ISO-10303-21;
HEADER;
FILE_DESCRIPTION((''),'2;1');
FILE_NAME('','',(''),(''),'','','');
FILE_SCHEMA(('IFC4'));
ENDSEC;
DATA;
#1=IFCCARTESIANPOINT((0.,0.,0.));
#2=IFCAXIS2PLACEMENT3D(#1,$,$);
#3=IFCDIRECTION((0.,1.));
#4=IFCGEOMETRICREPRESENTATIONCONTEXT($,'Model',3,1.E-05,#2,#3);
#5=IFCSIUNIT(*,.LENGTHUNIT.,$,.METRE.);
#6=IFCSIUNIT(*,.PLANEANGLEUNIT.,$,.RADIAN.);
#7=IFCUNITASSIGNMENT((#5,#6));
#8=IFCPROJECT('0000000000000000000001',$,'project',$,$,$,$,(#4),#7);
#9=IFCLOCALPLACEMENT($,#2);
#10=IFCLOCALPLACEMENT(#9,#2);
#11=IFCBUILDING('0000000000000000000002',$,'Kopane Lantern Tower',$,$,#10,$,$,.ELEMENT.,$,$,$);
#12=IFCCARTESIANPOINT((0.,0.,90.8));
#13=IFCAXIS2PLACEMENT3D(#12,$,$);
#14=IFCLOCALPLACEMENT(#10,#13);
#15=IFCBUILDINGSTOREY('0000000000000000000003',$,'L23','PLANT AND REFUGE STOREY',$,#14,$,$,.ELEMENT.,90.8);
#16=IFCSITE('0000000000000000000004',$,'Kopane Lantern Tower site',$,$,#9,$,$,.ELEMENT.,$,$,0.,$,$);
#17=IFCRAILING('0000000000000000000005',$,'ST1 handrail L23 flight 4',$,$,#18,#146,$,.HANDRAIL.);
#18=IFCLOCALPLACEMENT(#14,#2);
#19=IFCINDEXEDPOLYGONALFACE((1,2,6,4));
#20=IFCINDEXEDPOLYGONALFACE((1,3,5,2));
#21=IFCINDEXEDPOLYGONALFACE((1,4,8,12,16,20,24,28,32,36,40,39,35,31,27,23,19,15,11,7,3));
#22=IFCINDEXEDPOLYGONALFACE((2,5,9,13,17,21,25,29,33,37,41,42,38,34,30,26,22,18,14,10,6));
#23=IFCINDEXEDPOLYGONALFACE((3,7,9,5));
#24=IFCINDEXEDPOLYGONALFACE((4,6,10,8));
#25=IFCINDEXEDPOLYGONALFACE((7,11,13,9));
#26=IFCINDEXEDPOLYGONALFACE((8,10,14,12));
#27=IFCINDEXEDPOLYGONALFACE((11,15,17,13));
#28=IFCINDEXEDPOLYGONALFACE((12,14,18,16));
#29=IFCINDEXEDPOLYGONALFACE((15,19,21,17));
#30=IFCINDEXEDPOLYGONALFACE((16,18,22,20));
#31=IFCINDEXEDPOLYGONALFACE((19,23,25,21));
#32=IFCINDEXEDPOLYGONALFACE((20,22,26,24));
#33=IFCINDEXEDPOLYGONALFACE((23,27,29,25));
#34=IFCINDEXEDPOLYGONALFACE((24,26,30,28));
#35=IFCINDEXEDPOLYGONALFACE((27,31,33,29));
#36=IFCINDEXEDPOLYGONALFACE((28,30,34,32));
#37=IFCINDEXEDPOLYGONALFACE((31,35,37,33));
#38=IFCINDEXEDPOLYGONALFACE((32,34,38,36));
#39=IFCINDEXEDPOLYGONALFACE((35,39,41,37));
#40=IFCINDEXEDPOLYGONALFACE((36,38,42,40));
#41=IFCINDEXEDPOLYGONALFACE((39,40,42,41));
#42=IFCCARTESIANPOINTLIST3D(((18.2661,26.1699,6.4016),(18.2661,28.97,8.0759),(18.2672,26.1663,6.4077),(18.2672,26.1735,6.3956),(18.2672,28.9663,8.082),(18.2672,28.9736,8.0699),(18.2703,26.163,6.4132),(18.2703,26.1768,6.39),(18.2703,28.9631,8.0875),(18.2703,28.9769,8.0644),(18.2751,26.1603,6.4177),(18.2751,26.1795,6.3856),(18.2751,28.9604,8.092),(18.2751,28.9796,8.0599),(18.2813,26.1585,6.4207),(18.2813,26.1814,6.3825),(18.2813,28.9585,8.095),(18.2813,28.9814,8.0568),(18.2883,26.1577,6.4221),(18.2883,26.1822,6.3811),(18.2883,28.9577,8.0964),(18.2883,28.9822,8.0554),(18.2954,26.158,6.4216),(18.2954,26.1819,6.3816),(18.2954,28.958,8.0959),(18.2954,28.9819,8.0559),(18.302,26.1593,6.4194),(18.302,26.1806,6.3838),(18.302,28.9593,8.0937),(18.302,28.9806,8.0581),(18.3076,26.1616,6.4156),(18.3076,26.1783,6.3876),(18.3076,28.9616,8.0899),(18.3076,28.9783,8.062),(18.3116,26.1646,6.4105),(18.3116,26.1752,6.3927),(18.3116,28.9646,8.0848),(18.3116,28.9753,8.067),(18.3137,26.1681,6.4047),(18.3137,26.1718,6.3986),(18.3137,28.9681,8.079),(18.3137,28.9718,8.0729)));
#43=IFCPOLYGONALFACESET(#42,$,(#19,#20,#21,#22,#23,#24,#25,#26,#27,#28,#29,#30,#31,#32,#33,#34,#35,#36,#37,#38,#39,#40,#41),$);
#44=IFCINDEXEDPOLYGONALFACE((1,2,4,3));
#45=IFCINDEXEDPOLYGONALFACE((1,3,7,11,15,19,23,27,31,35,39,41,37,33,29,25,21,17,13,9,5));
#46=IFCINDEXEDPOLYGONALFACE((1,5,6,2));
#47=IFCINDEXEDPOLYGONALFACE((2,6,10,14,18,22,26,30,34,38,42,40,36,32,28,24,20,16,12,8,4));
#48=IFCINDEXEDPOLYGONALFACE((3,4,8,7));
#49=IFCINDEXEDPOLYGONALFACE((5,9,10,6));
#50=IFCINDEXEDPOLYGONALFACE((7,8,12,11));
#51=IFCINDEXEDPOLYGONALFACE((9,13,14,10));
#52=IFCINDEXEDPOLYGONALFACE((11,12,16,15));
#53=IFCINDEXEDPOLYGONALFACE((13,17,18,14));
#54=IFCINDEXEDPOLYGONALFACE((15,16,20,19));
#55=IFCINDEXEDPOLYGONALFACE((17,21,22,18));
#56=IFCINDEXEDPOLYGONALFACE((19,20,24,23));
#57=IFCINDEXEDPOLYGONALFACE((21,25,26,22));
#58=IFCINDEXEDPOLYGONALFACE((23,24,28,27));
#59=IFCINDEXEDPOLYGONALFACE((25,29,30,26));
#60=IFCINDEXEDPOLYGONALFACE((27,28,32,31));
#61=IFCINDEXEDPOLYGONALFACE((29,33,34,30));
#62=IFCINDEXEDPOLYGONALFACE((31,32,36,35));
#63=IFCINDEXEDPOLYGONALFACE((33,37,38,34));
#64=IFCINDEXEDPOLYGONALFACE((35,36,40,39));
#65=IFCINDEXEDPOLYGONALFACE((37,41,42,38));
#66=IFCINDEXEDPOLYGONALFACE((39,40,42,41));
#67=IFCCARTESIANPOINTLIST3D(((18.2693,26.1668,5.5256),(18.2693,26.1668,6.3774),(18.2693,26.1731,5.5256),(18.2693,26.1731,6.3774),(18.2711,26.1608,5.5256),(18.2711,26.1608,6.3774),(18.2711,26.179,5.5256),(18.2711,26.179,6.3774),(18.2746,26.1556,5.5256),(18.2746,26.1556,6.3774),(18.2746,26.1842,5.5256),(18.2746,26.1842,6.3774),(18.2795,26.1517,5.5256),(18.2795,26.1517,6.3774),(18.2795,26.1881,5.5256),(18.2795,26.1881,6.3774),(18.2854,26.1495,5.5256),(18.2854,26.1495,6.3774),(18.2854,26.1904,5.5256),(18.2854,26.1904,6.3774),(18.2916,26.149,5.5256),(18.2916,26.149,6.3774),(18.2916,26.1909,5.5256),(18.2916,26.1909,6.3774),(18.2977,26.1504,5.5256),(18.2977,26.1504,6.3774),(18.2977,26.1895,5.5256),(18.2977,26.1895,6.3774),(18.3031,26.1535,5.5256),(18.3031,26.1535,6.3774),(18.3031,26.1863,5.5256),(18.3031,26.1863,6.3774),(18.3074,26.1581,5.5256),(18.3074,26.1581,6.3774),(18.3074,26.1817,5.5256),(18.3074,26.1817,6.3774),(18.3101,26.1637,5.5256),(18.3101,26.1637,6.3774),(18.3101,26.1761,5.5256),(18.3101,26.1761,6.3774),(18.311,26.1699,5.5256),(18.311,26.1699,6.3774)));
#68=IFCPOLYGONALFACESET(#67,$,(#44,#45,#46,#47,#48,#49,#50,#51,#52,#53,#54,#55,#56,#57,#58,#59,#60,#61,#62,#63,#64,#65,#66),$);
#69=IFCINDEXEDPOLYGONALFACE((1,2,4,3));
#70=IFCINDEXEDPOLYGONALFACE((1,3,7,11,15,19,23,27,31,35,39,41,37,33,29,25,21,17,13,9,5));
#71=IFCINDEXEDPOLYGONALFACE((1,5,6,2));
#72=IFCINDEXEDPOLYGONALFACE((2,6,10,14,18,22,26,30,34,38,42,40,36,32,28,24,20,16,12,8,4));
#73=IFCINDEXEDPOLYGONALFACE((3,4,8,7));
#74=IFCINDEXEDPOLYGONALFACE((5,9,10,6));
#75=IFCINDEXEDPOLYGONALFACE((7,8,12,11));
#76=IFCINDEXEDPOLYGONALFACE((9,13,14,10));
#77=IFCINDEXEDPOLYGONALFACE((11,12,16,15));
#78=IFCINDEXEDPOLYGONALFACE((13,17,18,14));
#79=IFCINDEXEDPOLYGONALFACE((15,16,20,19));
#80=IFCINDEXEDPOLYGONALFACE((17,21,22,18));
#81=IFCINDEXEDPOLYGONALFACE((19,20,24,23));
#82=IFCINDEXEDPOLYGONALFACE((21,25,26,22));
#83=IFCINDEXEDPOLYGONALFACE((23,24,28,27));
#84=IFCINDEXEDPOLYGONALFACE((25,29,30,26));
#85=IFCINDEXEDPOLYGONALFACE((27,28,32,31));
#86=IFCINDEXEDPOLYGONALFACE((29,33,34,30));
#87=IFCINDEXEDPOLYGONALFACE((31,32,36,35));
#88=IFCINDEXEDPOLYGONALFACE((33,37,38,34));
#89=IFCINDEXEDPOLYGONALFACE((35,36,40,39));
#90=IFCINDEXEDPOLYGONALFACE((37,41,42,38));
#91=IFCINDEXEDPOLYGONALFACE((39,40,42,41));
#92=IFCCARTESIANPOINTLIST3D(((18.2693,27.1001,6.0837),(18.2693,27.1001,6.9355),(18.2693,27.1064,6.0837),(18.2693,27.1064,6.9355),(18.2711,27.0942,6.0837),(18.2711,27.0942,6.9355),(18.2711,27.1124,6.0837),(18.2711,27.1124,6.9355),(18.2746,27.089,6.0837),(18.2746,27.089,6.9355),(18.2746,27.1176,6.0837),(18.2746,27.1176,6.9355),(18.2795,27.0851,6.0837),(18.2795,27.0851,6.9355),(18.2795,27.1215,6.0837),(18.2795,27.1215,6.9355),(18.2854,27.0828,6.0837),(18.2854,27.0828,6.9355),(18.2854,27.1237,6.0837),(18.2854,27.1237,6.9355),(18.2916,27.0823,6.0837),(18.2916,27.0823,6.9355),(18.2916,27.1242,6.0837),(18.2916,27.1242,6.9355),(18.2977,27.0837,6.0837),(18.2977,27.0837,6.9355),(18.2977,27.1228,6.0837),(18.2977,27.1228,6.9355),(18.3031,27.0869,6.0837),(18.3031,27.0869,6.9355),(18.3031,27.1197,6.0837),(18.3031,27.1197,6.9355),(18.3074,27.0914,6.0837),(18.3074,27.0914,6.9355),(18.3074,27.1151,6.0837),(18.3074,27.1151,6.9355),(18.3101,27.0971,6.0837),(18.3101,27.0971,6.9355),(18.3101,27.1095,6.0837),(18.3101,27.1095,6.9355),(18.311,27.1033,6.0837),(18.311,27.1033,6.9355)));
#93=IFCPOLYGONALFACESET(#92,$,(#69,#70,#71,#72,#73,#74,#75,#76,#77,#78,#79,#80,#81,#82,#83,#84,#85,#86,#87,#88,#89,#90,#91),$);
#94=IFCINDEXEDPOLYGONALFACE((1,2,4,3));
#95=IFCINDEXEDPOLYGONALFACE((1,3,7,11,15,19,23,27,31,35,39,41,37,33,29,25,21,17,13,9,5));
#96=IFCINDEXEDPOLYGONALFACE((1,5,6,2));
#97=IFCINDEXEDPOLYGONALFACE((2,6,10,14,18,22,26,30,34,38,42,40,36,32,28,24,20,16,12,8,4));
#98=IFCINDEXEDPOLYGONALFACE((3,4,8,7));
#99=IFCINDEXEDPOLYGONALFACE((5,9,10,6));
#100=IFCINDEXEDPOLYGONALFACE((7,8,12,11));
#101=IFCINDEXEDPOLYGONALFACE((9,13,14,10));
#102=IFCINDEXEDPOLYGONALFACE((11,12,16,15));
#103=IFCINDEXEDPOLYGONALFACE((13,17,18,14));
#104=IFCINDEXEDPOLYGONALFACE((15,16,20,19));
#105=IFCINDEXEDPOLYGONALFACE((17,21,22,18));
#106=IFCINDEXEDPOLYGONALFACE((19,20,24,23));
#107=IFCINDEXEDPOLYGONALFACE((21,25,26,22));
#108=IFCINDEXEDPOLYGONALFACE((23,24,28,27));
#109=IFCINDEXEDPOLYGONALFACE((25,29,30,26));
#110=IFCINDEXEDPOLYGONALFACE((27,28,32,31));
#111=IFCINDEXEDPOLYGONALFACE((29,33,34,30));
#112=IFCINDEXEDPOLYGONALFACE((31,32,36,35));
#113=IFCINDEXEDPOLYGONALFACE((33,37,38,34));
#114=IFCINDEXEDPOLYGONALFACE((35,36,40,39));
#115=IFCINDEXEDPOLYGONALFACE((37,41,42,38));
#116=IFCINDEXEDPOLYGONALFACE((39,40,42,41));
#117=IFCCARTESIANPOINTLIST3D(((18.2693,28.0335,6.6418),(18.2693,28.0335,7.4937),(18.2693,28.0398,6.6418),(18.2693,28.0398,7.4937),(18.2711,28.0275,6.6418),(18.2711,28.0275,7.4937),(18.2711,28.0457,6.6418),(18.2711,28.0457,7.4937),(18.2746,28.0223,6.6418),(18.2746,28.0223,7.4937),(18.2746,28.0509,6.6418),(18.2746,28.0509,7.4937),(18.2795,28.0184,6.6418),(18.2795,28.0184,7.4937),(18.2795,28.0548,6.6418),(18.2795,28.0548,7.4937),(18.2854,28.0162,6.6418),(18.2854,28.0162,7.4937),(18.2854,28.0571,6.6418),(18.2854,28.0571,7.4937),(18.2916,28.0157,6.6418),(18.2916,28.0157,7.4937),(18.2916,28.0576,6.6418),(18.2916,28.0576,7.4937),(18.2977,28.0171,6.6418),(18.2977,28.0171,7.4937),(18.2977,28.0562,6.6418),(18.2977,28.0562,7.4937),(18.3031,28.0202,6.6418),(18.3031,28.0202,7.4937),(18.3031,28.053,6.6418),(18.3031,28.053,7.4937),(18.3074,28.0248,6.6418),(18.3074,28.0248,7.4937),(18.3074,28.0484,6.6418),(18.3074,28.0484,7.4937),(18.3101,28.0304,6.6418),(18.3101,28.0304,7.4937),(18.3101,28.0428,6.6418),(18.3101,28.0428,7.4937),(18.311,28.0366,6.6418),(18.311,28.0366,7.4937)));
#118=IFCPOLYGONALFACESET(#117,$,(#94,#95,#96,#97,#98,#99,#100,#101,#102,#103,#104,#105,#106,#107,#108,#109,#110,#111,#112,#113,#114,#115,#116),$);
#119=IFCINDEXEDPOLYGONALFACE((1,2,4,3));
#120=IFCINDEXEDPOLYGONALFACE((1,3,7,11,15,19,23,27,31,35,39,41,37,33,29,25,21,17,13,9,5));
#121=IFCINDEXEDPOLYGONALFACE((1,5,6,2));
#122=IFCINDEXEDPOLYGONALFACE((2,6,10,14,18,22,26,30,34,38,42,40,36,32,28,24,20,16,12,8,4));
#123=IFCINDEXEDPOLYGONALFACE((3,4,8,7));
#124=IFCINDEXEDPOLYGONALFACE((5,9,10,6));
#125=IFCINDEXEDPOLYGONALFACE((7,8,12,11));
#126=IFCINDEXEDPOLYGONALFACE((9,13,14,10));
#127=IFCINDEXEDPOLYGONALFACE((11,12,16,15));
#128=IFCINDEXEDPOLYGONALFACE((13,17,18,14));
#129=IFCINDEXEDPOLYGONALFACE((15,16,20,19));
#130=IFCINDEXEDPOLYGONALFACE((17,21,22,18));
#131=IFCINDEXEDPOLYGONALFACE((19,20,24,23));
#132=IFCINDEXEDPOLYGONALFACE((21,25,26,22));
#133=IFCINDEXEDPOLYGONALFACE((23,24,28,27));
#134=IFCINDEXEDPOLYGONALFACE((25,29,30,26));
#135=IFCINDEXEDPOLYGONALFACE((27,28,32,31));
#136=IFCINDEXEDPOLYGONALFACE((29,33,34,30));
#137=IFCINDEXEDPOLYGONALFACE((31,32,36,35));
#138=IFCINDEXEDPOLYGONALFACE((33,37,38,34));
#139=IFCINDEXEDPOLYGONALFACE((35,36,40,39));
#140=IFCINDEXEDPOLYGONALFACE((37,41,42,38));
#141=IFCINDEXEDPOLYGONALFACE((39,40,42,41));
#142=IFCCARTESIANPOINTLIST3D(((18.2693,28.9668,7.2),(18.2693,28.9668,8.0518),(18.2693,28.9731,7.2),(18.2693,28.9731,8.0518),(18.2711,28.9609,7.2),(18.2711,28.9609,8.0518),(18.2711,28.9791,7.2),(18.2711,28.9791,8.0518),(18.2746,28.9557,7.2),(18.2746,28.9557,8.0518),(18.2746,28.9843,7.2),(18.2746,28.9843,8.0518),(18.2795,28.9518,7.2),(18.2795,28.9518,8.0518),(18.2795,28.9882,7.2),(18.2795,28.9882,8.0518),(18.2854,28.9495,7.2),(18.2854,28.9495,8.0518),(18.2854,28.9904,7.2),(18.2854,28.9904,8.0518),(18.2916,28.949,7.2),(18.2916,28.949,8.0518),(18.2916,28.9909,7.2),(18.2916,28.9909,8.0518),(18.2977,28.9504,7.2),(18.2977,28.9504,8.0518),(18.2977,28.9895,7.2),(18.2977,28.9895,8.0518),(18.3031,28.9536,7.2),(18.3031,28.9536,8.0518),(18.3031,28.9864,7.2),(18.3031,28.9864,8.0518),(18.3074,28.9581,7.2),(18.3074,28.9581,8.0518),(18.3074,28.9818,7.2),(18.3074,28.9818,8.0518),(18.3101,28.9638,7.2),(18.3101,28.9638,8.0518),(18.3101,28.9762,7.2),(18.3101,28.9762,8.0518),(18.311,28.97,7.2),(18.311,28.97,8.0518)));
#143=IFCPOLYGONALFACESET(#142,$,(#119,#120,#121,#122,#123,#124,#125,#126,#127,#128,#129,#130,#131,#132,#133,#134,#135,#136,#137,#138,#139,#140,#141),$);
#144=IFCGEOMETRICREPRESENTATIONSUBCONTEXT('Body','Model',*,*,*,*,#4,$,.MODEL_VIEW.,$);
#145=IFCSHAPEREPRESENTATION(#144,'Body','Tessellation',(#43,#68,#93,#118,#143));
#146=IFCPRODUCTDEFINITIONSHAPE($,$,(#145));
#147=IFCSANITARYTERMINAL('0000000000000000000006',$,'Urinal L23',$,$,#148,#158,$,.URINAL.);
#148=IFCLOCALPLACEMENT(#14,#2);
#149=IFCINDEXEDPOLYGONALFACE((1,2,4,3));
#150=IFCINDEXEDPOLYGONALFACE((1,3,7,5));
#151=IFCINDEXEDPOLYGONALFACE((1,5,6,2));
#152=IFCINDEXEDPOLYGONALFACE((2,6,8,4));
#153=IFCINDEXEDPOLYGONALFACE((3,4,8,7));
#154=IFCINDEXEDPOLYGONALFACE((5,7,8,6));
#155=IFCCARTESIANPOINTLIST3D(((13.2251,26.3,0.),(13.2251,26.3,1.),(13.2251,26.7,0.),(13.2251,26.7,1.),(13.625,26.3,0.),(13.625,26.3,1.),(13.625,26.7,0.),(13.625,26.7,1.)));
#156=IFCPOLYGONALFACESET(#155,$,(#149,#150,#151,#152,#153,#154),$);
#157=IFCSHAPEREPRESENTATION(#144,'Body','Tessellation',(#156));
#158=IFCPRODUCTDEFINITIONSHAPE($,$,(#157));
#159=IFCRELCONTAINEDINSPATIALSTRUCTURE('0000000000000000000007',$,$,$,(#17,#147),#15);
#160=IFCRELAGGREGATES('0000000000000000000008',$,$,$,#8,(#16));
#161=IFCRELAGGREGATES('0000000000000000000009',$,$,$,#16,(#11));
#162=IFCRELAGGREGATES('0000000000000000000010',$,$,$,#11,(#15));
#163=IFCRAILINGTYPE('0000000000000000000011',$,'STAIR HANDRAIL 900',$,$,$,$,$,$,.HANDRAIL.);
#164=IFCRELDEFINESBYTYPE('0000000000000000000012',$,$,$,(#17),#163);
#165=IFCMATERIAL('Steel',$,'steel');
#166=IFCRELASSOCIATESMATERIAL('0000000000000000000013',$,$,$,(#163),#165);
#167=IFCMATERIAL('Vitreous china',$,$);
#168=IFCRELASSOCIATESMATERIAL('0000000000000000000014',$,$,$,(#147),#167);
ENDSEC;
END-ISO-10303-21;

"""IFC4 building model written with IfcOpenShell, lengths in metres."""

from ifc_helpers import new_model, si_unit, direction, frame, origin, origin_2d, place, context, subcontext, project, spatial, rectangle, circle, extrude, material, type_object, element, save


model = new_model("IFC4")

# Units and contexts
model_context = context("Model", 3, precision=1e-05, world=origin(), true_north=direction((0.0, 1.0)))
body_context = subcontext(model_context, "Body", "Model", "MODEL_VIEW")
ifc_project = project(units=[si_unit("LENGTHUNIT", "METRE"), si_unit("PLANEANGLEUNIT", "RADIAN")], contexts=[model_context])

# Site, building, storey
site_placement = place(None, origin())
site = spatial("IfcSite", under=ifc_project, at=site_placement, Name="Kopane Lantern Tower site", CompositionType="ELEMENT", RefElevation=0.0)
building_placement = place(site_placement, origin())
building = spatial("IfcBuilding", under=site, at=building_placement, Name="Kopane Lantern Tower", CompositionType="ELEMENT")
storey_placement = place(building_placement, frame((0.0, 0.0, 90.8)))
storey = spatial("IfcBuildingStorey", under=building, at=storey_placement, Name="L23", Description="PLANT AND REFUGE STOREY", CompositionType="ELEMENT", Elevation=90.8)

# Railing
ifc_material_1 = material(Name="Steel", Category="steel")
railing_type = type_object("IfcRailingType", Name="STAIR HANDRAIL 900", PredefinedType="HANDRAIL", material=ifc_material_1)
for number, where, name in (
    (1, (18.29, 26.1699, 5.5256), "ST1 handrail L23 flight 4"),
):
    element("IfcRailing", number, at=place(storey_placement, frame(where)), inside=storey, type_object=railing_type, Name=name, PredefinedType="HANDRAIL", context=body_context, shape_type="SweptSolid", body=[
        extrude(circle(Radius=0.0239, at=origin_2d()), frame((0.0, 0.0, 0.876), z_axis=(0.0, 0.858265, 0.513208), x_axis=(-1.0, 0.0, 0.0)), (0.0, 0.0, 1.0), 3.2625),
        extrude(circle(Radius=0.021, at=origin_2d()), origin(), (0.0, 0.0, 1.0), 0.8518),
        extrude(circle(Radius=0.021, at=origin_2d()), frame((0.0, 0.9333, 0.5581)), (0.0, 0.0, 1.0), 0.8518),
        extrude(circle(Radius=0.021, at=origin_2d()), frame((0.0, 1.8667, 1.1162)), (0.0, 0.0, 1.0), 0.8518),
        extrude(circle(Radius=0.021, at=origin_2d()), frame((0.0, 2.8, 1.6743)), (0.0, 0.0, 1.0), 0.8518),
    ])

# Sanitary terminal
ifc_material_2 = material(Name="Vitreous china")
sanitary_terminal_placement = place(storey_placement, frame((13.425, 26.5, 0.0), z_axis=(0.0, 0.0, 1.0), x_axis=(1.0, 0.0, 0.0)))
element("IfcSanitaryTerminal", 2, at=sanitary_terminal_placement, inside=storey, material=ifc_material_2, Name="Urinal L23", PredefinedType="URINAL", context=body_context, shape_type="SweptSolid", body=[
    extrude(rectangle(XDim=0.3999, YDim=0.3999, at=origin_2d()), origin(), (0.0, 0.0, 1.0), 1.0),
])

save(model, "model.ifc")
